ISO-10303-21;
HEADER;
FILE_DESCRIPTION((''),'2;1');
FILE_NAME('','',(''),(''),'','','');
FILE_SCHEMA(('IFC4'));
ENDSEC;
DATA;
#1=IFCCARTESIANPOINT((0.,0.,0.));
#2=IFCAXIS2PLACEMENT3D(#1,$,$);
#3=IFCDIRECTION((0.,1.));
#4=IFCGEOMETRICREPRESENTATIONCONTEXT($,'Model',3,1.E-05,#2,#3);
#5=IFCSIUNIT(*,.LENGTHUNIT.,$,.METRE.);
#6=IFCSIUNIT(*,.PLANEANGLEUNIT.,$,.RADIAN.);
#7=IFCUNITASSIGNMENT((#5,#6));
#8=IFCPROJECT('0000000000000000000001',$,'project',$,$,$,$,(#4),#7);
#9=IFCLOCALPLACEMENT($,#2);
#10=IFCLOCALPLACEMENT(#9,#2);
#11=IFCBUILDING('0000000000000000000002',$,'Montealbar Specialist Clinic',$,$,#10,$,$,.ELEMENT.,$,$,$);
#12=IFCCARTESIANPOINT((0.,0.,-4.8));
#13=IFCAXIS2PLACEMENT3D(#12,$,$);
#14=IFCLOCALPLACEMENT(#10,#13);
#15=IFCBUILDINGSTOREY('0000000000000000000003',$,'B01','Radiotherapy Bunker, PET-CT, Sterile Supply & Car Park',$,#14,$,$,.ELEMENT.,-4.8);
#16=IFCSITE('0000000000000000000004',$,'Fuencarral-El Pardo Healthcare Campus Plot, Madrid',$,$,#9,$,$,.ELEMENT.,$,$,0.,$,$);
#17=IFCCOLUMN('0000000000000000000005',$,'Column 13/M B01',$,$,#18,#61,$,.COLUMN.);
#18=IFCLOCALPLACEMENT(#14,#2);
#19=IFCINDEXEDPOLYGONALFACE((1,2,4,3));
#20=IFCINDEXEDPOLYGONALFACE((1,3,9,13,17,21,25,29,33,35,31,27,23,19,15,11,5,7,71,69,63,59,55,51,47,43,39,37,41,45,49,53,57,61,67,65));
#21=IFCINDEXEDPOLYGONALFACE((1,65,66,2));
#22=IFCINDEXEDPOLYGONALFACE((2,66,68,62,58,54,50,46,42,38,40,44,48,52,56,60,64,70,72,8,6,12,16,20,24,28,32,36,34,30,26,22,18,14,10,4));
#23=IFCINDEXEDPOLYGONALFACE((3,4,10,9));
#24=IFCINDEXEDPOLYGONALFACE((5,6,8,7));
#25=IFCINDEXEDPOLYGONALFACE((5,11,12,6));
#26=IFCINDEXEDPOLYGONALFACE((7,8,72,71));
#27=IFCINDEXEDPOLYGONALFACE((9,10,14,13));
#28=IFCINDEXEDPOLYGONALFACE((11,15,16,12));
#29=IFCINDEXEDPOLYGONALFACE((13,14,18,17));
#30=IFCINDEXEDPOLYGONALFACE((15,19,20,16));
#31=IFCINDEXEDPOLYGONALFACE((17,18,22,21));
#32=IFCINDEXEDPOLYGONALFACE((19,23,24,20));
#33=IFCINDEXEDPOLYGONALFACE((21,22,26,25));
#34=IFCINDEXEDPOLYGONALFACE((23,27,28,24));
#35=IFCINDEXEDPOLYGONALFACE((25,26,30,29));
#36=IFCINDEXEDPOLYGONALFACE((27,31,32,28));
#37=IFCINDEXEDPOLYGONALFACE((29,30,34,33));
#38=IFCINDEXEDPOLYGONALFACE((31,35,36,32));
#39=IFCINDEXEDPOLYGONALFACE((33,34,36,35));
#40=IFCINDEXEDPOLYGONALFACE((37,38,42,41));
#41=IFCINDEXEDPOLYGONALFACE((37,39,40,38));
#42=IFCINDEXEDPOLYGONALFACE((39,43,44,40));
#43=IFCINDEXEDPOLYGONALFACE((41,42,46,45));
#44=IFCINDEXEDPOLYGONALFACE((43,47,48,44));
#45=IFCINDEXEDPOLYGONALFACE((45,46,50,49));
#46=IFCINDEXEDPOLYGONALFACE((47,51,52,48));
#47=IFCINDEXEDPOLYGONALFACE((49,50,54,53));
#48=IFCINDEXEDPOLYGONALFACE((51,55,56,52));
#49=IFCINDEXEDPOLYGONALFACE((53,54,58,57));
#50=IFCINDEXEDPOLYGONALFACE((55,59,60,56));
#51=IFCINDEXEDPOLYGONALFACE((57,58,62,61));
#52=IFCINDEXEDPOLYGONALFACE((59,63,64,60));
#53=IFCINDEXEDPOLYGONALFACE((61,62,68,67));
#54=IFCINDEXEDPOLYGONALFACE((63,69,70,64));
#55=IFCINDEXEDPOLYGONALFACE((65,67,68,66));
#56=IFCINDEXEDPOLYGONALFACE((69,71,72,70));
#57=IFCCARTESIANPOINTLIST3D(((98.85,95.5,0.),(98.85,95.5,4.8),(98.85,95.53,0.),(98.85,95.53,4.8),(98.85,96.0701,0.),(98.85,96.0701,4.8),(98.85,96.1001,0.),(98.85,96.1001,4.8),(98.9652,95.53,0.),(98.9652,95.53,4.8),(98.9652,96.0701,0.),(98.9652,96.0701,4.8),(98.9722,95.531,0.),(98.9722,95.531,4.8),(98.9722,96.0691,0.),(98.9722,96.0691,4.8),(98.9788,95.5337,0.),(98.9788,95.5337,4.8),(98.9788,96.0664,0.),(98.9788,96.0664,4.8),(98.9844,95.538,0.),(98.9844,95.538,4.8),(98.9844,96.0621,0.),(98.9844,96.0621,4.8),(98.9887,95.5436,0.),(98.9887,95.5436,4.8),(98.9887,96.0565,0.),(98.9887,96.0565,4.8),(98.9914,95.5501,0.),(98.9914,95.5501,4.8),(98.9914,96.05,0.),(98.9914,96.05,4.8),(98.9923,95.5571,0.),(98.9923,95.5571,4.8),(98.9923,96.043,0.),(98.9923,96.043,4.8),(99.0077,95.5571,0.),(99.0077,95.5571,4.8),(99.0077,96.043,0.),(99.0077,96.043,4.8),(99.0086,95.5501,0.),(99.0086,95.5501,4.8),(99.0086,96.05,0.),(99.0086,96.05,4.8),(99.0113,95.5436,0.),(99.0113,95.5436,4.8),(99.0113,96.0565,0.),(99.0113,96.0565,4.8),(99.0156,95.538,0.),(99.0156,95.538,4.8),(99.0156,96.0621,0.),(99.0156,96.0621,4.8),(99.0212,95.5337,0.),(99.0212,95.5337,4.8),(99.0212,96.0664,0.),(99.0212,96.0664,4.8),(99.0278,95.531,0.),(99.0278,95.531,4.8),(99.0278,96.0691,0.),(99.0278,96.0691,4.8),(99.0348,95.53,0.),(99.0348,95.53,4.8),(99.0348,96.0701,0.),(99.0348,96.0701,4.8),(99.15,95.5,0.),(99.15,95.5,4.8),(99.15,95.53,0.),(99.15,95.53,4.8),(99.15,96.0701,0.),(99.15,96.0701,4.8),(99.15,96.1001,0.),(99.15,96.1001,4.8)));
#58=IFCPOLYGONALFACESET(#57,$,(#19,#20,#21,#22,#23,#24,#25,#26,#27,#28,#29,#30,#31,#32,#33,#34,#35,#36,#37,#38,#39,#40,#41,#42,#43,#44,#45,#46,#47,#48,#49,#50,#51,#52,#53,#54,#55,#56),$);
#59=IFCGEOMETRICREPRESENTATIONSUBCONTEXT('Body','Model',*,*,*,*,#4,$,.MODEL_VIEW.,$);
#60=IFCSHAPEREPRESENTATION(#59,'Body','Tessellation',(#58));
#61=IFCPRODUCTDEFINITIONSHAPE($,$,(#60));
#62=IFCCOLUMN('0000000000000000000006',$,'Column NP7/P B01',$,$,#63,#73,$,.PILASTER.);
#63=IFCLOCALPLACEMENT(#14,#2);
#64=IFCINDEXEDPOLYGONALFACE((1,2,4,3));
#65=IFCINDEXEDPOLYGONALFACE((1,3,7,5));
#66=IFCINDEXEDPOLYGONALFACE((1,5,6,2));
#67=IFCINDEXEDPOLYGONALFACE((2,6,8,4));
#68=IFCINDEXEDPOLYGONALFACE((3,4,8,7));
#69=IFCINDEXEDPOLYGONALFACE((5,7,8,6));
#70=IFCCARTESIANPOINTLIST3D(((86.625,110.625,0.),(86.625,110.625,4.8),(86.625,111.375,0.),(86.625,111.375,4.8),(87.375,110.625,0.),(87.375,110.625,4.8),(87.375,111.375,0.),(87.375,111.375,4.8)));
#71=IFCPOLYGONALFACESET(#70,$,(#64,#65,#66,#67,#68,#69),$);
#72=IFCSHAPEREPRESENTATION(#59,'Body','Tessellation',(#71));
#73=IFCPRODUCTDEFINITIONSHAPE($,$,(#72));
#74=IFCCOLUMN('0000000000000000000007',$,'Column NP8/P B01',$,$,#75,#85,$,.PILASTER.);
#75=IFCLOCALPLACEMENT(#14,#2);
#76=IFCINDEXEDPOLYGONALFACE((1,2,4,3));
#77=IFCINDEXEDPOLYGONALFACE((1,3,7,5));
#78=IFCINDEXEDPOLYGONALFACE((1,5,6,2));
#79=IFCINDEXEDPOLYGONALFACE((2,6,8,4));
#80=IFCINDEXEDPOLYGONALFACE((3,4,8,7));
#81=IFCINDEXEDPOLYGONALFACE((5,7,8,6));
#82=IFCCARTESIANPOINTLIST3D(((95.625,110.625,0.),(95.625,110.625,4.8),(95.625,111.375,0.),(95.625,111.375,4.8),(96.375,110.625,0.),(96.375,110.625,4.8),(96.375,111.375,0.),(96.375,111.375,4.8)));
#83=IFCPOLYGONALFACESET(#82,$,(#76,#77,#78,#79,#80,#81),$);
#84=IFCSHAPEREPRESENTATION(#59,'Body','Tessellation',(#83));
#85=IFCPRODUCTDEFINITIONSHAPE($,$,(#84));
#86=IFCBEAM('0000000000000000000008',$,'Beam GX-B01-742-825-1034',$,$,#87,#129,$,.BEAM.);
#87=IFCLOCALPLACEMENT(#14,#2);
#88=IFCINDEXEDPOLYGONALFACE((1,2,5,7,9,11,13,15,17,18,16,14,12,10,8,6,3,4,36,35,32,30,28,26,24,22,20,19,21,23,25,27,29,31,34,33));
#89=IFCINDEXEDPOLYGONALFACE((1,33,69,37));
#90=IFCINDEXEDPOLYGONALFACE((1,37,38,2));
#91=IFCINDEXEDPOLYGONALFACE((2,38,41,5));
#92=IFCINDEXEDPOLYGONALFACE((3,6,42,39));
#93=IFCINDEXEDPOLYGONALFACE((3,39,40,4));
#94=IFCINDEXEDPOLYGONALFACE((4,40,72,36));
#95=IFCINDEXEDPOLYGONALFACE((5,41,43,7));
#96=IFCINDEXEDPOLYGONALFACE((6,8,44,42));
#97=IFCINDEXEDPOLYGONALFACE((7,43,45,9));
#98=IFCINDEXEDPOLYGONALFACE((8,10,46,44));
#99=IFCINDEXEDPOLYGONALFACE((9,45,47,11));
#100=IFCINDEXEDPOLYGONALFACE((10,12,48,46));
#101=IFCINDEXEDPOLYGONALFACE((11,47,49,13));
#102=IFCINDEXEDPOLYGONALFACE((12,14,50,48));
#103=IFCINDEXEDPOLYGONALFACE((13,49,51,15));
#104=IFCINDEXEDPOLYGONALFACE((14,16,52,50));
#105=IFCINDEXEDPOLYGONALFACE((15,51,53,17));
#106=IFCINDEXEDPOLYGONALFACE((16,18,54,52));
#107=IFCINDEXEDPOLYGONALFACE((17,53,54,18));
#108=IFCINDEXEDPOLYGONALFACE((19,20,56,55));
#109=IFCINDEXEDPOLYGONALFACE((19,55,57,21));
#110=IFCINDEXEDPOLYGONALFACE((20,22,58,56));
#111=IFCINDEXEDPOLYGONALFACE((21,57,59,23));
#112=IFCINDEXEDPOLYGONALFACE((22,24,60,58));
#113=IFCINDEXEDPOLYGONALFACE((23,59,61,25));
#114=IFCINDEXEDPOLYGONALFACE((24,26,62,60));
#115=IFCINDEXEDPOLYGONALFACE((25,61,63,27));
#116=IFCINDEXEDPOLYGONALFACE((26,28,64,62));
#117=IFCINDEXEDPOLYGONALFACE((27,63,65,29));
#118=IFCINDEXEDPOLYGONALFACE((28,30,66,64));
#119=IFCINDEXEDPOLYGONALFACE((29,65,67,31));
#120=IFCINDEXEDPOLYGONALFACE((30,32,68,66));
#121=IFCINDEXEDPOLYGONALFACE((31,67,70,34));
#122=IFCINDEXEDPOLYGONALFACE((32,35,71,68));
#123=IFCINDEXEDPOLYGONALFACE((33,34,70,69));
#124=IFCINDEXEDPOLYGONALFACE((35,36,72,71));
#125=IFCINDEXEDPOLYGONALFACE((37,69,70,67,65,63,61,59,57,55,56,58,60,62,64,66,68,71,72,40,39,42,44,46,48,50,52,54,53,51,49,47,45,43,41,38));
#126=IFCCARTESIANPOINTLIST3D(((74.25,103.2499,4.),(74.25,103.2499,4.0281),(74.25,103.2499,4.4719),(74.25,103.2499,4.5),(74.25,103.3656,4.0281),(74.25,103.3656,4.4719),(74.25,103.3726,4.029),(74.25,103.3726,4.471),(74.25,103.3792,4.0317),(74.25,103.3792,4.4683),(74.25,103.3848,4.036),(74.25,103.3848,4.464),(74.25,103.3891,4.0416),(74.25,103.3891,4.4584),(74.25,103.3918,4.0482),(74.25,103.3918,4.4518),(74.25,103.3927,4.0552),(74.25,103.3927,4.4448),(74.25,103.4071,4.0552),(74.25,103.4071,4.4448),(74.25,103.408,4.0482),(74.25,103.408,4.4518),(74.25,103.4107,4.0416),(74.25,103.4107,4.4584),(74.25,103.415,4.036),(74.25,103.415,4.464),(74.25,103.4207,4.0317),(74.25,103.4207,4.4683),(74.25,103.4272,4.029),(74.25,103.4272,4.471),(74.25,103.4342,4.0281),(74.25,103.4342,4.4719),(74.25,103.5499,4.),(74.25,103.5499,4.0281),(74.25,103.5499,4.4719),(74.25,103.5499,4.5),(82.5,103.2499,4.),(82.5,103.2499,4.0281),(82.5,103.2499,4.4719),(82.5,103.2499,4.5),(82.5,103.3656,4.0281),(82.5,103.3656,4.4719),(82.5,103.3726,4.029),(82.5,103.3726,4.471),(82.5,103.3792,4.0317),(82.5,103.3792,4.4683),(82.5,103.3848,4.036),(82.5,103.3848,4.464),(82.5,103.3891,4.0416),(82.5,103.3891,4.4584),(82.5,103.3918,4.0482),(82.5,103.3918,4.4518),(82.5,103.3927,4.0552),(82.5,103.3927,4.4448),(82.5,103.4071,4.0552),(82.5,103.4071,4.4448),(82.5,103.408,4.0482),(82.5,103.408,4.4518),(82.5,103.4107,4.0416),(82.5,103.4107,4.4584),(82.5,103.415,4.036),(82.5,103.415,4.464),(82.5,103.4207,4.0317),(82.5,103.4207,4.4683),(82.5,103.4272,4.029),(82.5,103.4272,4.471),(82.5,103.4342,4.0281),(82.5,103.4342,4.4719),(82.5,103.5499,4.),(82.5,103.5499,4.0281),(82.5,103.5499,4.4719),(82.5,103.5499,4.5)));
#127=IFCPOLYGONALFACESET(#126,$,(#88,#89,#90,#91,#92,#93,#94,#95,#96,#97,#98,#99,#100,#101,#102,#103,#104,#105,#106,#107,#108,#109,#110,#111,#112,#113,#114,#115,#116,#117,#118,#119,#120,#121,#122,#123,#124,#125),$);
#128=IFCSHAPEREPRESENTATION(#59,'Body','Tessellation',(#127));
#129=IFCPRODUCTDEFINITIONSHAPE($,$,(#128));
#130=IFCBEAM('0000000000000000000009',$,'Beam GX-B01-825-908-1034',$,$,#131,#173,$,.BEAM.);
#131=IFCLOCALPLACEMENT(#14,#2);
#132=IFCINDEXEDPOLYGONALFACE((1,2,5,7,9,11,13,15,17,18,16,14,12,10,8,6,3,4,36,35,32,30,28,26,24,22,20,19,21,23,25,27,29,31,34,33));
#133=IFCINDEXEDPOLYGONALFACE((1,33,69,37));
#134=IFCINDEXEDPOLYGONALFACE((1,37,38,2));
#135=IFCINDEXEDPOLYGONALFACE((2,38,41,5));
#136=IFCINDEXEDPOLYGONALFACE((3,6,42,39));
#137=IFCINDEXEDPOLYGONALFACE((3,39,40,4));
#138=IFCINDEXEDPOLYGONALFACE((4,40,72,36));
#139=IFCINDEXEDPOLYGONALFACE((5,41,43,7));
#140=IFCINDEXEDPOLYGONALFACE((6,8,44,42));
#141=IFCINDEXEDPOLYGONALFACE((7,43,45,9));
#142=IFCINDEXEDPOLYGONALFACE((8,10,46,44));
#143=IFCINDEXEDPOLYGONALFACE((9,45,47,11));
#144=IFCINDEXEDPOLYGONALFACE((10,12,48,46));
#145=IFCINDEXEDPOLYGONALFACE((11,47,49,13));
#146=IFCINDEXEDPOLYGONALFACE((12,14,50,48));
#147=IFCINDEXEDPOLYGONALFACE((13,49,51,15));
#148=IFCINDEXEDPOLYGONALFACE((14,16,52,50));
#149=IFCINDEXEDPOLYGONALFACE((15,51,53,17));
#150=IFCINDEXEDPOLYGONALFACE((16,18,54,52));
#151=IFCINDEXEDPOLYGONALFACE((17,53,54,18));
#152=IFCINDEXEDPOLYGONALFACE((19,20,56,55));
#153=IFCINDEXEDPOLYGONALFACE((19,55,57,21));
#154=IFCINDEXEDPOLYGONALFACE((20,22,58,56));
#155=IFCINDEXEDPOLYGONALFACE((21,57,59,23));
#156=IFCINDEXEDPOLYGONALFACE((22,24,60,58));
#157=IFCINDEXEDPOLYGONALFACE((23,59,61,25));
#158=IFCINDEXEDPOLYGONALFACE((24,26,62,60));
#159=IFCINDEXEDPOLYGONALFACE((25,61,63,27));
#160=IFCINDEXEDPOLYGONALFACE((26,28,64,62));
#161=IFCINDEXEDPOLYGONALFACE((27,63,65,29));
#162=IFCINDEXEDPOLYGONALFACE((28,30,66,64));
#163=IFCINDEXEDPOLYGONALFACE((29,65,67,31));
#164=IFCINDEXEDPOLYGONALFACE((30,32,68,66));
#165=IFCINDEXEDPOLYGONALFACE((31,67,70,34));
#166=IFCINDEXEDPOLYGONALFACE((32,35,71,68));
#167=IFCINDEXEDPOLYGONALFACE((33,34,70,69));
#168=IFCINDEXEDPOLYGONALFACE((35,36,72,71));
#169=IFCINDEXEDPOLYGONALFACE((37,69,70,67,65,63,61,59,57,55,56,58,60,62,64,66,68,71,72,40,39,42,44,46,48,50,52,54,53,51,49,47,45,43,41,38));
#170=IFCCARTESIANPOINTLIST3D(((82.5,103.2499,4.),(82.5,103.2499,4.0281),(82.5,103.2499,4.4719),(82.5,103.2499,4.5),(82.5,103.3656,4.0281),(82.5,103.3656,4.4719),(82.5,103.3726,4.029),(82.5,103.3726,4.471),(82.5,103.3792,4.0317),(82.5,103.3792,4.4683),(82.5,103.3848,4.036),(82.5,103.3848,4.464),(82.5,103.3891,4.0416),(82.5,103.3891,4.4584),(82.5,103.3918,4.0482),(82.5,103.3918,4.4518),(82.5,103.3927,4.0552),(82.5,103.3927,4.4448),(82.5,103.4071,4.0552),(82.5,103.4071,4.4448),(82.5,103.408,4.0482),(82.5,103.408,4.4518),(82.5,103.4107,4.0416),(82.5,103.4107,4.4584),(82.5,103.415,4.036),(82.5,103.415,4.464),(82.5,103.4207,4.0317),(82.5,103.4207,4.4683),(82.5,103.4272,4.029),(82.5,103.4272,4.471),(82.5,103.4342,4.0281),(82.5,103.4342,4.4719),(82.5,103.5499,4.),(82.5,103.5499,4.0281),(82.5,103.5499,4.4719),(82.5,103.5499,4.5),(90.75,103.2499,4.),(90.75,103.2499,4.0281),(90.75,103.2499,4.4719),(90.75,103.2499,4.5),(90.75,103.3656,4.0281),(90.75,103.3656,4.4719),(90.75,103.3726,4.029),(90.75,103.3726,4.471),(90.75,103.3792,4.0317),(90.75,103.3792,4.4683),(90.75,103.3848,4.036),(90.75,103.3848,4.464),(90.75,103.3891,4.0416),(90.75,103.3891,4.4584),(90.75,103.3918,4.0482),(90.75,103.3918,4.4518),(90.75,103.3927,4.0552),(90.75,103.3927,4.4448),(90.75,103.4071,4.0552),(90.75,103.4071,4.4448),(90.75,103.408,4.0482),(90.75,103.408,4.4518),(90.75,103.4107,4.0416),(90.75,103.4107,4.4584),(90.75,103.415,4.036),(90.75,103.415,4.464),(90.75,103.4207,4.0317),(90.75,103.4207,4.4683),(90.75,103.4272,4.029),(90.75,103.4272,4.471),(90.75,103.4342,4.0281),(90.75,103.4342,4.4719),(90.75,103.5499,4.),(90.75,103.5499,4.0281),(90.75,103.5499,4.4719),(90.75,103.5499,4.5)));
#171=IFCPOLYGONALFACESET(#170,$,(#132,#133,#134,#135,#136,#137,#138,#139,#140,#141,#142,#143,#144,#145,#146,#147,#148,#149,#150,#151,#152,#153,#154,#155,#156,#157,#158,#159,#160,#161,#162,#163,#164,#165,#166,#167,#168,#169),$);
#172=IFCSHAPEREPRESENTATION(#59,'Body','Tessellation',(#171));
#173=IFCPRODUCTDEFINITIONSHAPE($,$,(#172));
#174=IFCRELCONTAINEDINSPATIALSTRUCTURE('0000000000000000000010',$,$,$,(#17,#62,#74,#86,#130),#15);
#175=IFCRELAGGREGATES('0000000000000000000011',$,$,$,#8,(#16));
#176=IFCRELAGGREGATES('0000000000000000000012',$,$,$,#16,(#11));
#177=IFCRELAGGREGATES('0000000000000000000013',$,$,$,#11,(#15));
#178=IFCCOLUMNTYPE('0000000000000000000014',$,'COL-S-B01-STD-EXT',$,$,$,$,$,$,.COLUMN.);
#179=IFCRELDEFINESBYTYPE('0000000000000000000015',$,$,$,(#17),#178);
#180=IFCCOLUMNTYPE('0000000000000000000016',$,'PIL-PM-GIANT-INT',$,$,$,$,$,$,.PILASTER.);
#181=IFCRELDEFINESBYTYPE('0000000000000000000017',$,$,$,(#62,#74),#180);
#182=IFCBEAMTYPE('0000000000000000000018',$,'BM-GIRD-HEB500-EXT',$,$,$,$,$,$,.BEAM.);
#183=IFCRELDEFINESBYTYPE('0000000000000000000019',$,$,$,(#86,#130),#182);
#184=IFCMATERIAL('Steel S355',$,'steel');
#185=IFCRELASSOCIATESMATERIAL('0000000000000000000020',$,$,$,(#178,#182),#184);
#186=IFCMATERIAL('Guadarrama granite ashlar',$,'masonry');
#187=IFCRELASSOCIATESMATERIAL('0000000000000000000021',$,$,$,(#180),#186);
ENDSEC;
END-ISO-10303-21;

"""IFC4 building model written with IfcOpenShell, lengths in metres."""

from ifc_helpers import new_model, si_unit, direction, frame, origin, origin_2d, place, context, subcontext, project, spatial, rectangle, i_section, extrude, material, material_profile, profile_set, type_object, element, save


model = new_model("IFC4")

# Units and contexts
model_context = context("Model", 3, precision=1e-05, world=origin(), true_north=direction((0.0, 1.0)))
body_context = subcontext(model_context, "Body", "Model", "MODEL_VIEW")
ifc_project = project(units=[si_unit("LENGTHUNIT", "METRE"), si_unit("PLANEANGLEUNIT", "RADIAN")], contexts=[model_context])

# Site, building, storey
site_placement = place(None, origin())
site = spatial("IfcSite", under=ifc_project, at=site_placement, Name="Fuencarral-El Pardo Healthcare Campus Plot, Madrid", CompositionType="ELEMENT", RefElevation=0.0)
building_placement = place(site_placement, origin())
building = spatial("IfcBuilding", under=site, at=building_placement, Name="Montealbar Specialist Clinic", CompositionType="ELEMENT")
storey_placement = place(building_placement, frame((0.0, 0.0, -4.8)))
storey = spatial("IfcBuildingStorey", under=building, at=storey_placement, Name="B01", Description="Radiotherapy Bunker, PET-CT, Sterile Supply & Car Park", CompositionType="ELEMENT", Elevation=-4.8)

# Columns
ifc_material_1 = material(Name="Steel S355", Category="steel")
ifc_material_profile_1 = material_profile(ifc_material_1, i_section(OverallWidth=0.3, OverallDepth=0.6001, WebThickness=0.0154, FlangeThickness=0.03, FilletRadius=0.0271, at=origin_2d()), Name="HEB 600", Category="steel")
ifc_profile_set_1 = profile_set([ifc_material_profile_1], Name="Steel S355")
column_type_1 = type_object("IfcColumnType", Name="COL-S-B01-STD-EXT", PredefinedType="COLUMN", material=ifc_profile_set_1)
for number, where, z_axis, x_axis, name in (
    (1, (99.0, 95.8, 0.0), (0.0, 0.0, 1.0), (1.0, 0.0, 0.0), "Column 13/M B01"),
):
    element("IfcColumn", number, at=place(storey_placement, frame(where, z_axis=z_axis, x_axis=x_axis)), inside=storey, type_object=column_type_1, Name=name, PredefinedType="COLUMN", context=body_context, shape_type="SweptSolid", body=[
        extrude(i_section(OverallWidth=0.3, OverallDepth=0.6001, WebThickness=0.0154, FlangeThickness=0.03, FilletRadius=0.0271, at=origin_2d()), origin(), (0.0, 0.0, 1.0), 4.8),
    ])
ifc_material_2 = material(Name="Guadarrama granite ashlar", Category="masonry")
ifc_material_profile_2 = material_profile(ifc_material_2, rectangle(XDim=0.75, YDim=0.75, at=origin_2d()), Name="GRANITE PILASTER 750x750", Category="masonry")
ifc_profile_set_2 = profile_set([ifc_material_profile_2], Name="Guadarrama granite ashlar")
column_type_2 = type_object("IfcColumnType", Name="PIL-PM-GIANT-INT", PredefinedType="PILASTER", material=ifc_profile_set_2)
for number, where, z_axis, x_axis, name in (
    (2, (87.0, 111.0, 0.0), (0.0, 0.0, 1.0), (1.0, 0.0, 0.0), "Column NP7/P B01"),
    (3, (96.0, 111.0, 0.0), (0.0, 0.0, 1.0), (1.0, 0.0, 0.0), "Column NP8/P B01"),
):
    element("IfcColumn", number, at=place(storey_placement, frame(where, z_axis=z_axis, x_axis=x_axis)), inside=storey, type_object=column_type_2, Name=name, PredefinedType="PILASTER", context=body_context, shape_type="SweptSolid", body=[
        extrude(rectangle(XDim=0.75, YDim=0.75, at=origin_2d()), origin(), (0.0, 0.0, 1.0), 4.8),
    ])

# Beams
ifc_material_profile_3 = material_profile(ifc_material_1, i_section(OverallWidth=0.3, OverallDepth=0.5, WebThickness=0.0144, FlangeThickness=0.0281, FilletRadius=0.0271, at=origin_2d()), Name="HEB 500", Category="steel")
ifc_profile_set_3 = profile_set([ifc_material_profile_3], Name="Steel S355")
beam_type_1 = type_object("IfcBeamType", Name="BM-GIRD-HEB500-EXT", PredefinedType="BEAM", material=ifc_profile_set_3)
for number, where, z_axis, x_axis, name in (
    (4, (74.25, 103.3999, 4.25), (1.0, 0.0, 0.0), (0.0, 1.0, 0.0), "Beam GX-B01-742-825-1034"),
    (5, (82.5, 103.3999, 4.25), (1.0, 0.0, 0.0), (0.0, 1.0, 0.0), "Beam GX-B01-825-908-1034"),
):
    element("IfcBeam", number, at=place(storey_placement, frame(where, z_axis=z_axis, x_axis=x_axis)), inside=storey, type_object=beam_type_1, Name=name, PredefinedType="BEAM", context=body_context, shape_type="SweptSolid", body=[
        extrude(i_section(OverallWidth=0.3, OverallDepth=0.5, WebThickness=0.0144, FlangeThickness=0.0281, FilletRadius=0.0271, at=origin_2d()), origin(), (0.0, 0.0, 1.0), 8.25),
    ])

save(model, "model.ifc")
